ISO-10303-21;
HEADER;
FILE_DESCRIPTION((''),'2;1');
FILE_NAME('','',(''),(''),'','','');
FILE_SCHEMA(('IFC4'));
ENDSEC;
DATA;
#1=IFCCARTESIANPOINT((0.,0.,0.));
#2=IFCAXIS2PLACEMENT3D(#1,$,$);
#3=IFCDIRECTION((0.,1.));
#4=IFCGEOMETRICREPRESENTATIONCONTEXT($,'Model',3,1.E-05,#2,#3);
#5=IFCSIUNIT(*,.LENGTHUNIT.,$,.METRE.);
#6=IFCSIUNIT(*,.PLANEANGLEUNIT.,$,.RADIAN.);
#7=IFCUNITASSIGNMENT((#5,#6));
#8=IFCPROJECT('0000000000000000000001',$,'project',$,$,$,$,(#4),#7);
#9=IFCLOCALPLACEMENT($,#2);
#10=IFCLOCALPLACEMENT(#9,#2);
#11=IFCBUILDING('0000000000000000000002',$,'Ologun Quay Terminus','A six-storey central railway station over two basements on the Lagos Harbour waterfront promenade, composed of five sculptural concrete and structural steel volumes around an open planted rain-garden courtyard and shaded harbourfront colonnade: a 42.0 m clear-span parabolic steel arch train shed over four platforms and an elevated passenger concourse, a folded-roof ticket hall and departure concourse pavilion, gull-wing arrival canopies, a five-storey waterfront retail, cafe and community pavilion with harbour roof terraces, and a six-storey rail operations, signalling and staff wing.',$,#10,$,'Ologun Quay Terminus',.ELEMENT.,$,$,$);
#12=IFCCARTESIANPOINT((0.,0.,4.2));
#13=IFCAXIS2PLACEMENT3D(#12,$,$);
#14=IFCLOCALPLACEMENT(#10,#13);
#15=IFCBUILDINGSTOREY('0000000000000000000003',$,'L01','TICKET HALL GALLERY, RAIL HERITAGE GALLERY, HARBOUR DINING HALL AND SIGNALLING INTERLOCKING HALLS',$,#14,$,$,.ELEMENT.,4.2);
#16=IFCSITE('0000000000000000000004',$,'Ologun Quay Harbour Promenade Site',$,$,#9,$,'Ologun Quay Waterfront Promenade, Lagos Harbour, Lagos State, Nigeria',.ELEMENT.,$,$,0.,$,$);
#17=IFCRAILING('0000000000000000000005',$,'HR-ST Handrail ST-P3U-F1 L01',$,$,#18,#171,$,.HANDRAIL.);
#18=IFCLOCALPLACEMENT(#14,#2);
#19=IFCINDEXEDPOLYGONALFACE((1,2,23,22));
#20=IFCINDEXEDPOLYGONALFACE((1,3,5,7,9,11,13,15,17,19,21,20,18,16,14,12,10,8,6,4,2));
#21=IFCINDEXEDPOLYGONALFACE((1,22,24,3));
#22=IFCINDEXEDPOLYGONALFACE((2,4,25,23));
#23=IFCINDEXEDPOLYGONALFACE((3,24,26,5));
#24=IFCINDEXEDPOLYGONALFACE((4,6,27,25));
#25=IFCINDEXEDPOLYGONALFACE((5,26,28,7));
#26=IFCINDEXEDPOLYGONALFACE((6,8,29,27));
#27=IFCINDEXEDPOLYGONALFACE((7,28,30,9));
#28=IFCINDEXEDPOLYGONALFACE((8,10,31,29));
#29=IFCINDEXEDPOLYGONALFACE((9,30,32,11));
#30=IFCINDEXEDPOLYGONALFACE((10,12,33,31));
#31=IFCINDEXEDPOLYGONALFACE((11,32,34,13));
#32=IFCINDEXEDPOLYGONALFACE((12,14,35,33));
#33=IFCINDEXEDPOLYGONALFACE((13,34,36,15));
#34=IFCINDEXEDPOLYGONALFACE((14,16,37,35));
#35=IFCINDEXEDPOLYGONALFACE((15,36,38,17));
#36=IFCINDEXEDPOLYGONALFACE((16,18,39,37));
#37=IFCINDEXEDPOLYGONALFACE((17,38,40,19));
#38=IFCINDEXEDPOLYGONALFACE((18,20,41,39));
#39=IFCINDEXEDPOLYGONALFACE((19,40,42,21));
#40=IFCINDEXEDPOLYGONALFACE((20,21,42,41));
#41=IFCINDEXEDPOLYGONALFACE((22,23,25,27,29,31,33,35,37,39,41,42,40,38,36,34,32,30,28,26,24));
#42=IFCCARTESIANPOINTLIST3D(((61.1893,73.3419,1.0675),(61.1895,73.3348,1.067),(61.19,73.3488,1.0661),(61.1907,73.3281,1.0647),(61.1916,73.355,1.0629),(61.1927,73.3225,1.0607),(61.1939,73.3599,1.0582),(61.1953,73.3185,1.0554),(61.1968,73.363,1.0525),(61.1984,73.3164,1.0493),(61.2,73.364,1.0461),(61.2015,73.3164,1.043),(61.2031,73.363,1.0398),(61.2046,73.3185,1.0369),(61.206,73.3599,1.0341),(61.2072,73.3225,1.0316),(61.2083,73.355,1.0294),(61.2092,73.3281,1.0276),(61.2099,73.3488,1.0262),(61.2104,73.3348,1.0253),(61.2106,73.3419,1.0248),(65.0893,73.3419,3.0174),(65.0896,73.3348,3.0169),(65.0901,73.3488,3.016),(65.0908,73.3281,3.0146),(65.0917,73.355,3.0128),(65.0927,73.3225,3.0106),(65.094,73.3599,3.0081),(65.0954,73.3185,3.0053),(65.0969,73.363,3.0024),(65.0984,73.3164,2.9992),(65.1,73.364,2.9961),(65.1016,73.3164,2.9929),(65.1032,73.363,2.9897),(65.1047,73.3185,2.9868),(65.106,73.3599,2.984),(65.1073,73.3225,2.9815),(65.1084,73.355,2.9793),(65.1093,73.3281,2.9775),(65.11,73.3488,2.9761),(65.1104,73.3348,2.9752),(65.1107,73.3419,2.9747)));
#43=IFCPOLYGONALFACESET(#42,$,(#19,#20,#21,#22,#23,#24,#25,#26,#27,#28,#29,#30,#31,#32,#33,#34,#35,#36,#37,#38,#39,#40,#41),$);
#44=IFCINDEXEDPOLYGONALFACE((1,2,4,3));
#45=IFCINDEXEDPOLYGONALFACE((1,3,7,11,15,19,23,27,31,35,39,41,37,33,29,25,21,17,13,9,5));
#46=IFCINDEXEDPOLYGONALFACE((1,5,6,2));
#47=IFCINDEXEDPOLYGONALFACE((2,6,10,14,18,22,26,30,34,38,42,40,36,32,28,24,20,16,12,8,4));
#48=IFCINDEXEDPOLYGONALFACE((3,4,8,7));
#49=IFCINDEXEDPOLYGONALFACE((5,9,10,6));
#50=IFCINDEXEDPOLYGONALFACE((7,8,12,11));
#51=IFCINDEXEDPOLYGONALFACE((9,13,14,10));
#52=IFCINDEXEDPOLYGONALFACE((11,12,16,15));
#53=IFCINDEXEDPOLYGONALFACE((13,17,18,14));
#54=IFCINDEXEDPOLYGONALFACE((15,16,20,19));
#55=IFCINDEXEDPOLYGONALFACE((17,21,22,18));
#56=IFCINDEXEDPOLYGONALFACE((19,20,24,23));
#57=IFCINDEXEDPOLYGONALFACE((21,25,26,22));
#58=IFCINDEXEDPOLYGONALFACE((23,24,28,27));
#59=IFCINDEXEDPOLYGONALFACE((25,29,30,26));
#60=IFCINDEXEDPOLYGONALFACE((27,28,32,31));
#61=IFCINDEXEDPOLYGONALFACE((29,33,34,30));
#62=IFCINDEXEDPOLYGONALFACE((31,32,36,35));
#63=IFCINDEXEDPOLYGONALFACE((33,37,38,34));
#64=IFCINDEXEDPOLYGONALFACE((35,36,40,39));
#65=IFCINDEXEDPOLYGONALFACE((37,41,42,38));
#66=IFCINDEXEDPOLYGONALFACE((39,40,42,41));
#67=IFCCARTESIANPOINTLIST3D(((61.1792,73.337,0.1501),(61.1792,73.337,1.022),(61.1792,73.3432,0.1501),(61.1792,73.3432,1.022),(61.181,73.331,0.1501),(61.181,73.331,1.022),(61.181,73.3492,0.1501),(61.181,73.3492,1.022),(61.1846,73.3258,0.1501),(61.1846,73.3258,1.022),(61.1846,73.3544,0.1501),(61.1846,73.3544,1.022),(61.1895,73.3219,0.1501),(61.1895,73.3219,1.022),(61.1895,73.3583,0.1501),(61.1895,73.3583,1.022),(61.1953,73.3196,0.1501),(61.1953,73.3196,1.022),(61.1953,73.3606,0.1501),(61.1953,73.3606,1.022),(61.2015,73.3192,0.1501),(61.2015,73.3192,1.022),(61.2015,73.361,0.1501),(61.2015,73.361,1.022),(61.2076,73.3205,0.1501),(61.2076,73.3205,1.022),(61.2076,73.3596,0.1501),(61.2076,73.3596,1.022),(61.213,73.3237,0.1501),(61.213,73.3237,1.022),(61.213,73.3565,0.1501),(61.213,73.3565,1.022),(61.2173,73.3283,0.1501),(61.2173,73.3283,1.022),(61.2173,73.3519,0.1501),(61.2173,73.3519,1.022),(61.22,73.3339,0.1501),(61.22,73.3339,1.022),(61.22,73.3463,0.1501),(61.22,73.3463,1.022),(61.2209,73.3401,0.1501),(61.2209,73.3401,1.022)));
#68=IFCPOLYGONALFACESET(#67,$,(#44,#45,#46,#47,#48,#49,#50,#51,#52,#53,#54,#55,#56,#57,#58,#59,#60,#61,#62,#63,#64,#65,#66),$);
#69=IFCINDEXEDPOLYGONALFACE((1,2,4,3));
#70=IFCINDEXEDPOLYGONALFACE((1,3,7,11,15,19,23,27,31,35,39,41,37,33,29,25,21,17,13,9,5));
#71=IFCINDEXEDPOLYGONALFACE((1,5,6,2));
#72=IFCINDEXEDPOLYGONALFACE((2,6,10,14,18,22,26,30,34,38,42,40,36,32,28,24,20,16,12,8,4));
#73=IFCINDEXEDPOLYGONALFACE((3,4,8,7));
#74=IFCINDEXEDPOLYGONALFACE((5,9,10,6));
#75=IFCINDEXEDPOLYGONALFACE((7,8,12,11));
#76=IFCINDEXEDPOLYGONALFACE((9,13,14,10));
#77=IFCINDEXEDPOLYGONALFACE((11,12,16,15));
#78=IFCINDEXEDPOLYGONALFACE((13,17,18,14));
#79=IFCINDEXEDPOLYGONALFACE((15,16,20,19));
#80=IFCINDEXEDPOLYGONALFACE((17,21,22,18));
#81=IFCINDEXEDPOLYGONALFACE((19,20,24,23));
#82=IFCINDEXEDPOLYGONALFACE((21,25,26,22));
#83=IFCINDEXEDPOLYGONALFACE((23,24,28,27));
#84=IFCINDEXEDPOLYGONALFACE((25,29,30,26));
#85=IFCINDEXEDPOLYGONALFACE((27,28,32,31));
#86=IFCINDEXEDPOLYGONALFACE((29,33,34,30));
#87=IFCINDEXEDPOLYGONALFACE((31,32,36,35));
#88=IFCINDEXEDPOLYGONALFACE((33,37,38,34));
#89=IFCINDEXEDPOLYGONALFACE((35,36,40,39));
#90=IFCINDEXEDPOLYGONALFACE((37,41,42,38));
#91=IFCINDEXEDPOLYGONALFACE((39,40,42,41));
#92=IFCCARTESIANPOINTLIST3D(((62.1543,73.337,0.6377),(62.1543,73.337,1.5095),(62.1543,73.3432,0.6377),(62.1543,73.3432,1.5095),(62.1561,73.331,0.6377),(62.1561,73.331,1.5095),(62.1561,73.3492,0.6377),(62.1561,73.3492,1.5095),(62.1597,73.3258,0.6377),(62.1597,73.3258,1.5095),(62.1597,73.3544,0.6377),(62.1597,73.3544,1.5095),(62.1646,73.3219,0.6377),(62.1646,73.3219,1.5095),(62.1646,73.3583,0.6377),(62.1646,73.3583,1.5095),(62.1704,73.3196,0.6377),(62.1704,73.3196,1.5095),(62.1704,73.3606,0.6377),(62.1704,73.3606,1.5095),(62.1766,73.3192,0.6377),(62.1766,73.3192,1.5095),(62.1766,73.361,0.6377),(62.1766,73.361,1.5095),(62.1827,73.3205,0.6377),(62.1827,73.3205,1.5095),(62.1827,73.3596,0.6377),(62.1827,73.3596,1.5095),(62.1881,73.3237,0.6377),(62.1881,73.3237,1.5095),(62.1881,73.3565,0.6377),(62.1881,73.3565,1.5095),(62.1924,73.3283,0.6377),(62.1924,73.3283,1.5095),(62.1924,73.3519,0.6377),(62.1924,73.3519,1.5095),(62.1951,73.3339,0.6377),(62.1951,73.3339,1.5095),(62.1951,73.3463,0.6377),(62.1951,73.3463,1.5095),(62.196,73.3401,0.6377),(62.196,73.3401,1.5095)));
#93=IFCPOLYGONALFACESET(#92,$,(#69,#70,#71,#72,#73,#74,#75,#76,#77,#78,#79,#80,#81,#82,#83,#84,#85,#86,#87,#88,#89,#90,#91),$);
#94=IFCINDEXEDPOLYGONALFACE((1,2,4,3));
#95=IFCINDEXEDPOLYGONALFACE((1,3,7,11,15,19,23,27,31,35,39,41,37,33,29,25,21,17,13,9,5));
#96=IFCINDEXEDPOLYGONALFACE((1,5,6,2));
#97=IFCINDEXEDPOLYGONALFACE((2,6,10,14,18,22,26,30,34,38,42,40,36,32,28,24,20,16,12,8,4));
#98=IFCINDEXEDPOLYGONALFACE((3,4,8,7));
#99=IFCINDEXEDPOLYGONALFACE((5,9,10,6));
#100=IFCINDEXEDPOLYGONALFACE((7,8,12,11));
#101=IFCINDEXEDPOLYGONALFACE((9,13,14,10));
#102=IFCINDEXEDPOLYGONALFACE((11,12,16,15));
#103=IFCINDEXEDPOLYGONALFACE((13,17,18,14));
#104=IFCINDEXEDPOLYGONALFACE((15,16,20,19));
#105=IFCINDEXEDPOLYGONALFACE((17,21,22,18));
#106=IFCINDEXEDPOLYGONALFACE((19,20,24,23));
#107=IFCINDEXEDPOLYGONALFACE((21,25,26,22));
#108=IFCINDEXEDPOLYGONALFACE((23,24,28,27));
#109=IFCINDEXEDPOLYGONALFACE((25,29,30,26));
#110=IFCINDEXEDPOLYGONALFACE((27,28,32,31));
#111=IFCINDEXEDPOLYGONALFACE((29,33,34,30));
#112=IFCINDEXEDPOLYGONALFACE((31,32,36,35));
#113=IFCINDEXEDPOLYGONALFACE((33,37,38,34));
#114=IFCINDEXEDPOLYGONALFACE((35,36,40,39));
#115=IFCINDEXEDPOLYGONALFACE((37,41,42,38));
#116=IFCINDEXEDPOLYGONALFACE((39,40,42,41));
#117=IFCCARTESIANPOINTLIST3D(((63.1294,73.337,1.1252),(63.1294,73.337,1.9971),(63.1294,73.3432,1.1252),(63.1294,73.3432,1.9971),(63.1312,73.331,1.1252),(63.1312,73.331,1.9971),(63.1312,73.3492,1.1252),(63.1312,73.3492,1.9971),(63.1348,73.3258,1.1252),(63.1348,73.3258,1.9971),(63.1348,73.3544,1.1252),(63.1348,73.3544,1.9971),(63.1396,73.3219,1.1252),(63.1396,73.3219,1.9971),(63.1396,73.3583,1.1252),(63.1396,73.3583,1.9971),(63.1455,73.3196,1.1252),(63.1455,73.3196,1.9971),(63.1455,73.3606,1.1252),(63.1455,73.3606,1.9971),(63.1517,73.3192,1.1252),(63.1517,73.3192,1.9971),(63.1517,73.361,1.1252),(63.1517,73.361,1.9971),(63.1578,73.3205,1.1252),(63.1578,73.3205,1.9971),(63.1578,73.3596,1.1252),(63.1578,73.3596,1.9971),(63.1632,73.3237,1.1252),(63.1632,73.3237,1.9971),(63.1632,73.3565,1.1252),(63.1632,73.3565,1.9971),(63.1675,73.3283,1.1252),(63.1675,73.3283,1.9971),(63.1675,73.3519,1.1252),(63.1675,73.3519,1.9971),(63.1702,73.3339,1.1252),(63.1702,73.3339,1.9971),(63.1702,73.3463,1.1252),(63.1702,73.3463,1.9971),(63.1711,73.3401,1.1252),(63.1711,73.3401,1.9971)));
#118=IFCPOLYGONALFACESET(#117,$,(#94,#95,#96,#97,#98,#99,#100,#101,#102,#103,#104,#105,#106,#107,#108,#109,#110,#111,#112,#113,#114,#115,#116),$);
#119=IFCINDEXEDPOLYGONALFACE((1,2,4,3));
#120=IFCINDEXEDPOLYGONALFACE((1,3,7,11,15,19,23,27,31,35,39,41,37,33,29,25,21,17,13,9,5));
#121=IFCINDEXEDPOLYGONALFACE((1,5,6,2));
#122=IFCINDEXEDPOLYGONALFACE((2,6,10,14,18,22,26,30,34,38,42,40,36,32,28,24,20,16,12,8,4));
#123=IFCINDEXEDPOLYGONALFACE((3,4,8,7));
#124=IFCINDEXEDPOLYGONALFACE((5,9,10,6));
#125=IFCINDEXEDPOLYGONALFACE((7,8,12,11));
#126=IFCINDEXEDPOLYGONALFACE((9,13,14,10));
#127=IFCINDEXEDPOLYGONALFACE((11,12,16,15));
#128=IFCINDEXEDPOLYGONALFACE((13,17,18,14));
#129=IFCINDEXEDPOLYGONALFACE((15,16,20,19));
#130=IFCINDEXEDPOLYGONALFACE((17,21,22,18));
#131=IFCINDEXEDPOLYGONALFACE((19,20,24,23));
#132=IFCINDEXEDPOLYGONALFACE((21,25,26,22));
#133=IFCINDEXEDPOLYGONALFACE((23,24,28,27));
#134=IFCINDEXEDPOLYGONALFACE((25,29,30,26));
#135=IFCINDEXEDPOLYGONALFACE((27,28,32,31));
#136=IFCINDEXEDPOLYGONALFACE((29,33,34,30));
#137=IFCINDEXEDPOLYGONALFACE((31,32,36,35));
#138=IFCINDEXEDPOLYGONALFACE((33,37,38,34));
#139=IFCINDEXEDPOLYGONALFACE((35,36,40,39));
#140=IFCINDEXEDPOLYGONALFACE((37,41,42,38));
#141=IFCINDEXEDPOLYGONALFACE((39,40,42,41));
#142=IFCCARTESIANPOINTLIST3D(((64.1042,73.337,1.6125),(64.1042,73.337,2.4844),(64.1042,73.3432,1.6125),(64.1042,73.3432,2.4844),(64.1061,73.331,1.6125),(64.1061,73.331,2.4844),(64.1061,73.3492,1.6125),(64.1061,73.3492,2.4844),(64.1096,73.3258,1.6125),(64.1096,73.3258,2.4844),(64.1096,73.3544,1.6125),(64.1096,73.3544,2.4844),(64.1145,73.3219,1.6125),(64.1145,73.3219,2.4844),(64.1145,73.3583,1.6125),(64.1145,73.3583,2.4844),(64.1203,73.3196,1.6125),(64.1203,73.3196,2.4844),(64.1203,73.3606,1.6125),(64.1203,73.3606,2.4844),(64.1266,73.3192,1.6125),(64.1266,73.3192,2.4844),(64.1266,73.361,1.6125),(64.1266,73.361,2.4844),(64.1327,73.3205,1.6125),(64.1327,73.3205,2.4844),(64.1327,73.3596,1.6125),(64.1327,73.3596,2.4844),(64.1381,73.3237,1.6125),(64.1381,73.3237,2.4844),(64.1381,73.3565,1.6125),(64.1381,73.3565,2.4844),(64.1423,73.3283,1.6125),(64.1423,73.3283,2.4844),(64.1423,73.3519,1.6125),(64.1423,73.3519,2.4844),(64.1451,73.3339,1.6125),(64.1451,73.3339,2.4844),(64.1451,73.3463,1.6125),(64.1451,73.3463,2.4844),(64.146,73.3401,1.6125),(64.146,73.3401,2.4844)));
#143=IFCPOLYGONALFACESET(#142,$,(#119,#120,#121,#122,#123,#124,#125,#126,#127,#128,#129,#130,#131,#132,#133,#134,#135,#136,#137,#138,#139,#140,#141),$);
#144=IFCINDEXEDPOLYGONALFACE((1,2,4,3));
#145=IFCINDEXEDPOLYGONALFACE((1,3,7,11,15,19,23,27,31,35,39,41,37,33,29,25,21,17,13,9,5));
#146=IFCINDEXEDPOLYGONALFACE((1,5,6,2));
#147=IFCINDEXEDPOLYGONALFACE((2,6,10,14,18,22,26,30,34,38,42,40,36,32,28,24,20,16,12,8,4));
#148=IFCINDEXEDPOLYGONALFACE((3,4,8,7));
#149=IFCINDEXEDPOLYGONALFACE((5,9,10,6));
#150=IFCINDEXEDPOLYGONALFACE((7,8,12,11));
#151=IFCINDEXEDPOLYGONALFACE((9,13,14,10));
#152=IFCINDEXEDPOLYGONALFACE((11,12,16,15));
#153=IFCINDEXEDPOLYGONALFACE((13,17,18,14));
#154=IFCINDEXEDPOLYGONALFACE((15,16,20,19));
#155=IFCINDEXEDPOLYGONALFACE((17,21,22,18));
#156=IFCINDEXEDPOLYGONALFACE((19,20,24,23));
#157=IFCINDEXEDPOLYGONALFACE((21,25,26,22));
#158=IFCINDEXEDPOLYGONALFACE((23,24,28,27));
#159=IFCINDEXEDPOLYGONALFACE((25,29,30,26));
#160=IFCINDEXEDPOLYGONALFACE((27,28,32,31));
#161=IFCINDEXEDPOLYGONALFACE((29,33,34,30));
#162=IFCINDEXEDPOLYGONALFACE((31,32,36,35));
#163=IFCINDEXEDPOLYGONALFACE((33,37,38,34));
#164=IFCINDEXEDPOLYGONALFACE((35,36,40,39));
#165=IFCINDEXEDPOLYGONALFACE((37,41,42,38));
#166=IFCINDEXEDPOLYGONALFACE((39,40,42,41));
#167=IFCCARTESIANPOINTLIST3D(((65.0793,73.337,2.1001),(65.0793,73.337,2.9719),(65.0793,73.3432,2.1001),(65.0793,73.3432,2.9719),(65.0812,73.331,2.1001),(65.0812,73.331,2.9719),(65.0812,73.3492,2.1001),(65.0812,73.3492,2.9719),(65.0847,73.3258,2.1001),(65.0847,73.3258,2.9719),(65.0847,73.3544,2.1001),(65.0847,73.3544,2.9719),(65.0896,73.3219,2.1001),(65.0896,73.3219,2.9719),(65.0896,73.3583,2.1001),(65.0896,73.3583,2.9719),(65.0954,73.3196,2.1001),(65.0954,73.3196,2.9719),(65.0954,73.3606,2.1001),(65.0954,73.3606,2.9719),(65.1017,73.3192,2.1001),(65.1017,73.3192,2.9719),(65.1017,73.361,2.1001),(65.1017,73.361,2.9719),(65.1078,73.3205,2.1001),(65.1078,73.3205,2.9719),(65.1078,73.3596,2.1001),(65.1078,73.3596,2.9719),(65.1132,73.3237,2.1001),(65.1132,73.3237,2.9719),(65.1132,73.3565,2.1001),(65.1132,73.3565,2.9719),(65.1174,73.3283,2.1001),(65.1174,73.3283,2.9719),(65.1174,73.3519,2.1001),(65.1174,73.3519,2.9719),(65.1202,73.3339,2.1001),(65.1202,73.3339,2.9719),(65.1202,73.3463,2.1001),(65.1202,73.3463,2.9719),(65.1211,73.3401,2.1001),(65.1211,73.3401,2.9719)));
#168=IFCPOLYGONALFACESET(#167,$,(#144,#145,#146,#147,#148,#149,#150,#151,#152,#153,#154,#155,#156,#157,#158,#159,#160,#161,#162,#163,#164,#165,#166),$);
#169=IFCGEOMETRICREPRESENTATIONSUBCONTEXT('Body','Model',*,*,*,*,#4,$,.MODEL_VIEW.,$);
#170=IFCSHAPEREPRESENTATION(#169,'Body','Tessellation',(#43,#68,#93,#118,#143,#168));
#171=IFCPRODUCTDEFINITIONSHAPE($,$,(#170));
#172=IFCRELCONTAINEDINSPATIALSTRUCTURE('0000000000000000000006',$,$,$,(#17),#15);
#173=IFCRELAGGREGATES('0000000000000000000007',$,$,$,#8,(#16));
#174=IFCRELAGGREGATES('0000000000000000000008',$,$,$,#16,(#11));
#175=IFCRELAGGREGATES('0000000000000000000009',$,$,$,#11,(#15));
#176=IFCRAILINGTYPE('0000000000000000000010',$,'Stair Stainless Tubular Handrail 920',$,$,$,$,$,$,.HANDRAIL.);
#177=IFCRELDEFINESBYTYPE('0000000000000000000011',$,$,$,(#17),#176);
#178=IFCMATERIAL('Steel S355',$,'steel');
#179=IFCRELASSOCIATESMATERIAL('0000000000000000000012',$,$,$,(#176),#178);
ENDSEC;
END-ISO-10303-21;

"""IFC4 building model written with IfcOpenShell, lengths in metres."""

from ifc_helpers import new_model, si_unit, direction, frame, origin, origin_2d, place, context, subcontext, project, spatial, circle, extrude, material, type_object, element, save


model = new_model("IFC4")

# Units and contexts
model_context = context("Model", 3, precision=1e-05, world=origin(), true_north=direction((0.0, 1.0)))
body_context = subcontext(model_context, "Body", "Model", "MODEL_VIEW")
ifc_project = project(units=[si_unit("LENGTHUNIT", "METRE"), si_unit("PLANEANGLEUNIT", "RADIAN")], contexts=[model_context])

# Site, building, storey
site_placement = place(None, origin())
site = spatial("IfcSite", under=ifc_project, at=site_placement, Name="Ologun Quay Harbour Promenade Site", LongName="Ologun Quay Waterfront Promenade, Lagos Harbour, Lagos State, Nigeria", CompositionType="ELEMENT", RefElevation=0.0)
building_placement = place(site_placement, origin())
building = spatial("IfcBuilding", under=site, at=building_placement, Name="Ologun Quay Terminus", Description="A six-storey central railway station over two basements on the Lagos Harbour waterfront promenade, composed of five sculptural concrete and structural steel volumes around an open planted rain-garden courtyard and shaded harbourfront colonnade: a 42.0 m clear-span parabolic steel arch train shed over four platforms and an elevated passenger concourse, a folded-roof ticket hall and departure concourse pavilion, gull-wing arrival canopies, a five-storey waterfront retail, cafe and community pavilion with harbour roof terraces, and a six-storey rail operations, signalling and staff wing.", LongName="Ologun Quay Terminus", CompositionType="ELEMENT")
storey_placement = place(building_placement, frame((0.0, 0.0, 4.2)))
storey = spatial("IfcBuildingStorey", under=building, at=storey_placement, Name="L01", Description="TICKET HALL GALLERY, RAIL HERITAGE GALLERY, HARBOUR DINING HALL AND SIGNALLING INTERLOCKING HALLS", CompositionType="ELEMENT", Elevation=4.2)

# Railing
ifc_material_1 = material(Name="Steel S355", Category="steel")
railing_type_1 = type_object("IfcRailingType", Name="Stair Stainless Tubular Handrail 920", PredefinedType="HANDRAIL", material=ifc_material_1)
railing_1_placement = place(storey_placement, frame((61.2, 73.3401, 0.1501)))
element("IfcRailing", 1, at=railing_1_placement, inside=storey, type_object=railing_type_1, Name="HR-ST Handrail ST-P3U-F1 L01", PredefinedType="HANDRAIL", context=body_context, shape_type="SweptSolid", body=[
    extrude(circle(Radius=0.0239, at=origin_2d()), frame((0.0, 0.0, 0.896), z_axis=(0.894438, 0.0, 0.447191), x_axis=(0.0, 1.0, 0.0)), (0.0, 0.0, 1.0), 4.3604),
    extrude(circle(Radius=0.021, at=origin_2d()), origin(), (0.0, 0.0, 1.0), 0.8718),
    extrude(circle(Radius=0.021, at=origin_2d()), frame((0.9751, 0.0, 0.4875)), (0.0, 0.0, 1.0), 0.8718),
    extrude(circle(Radius=0.021, at=origin_2d()), frame((1.9502, 0.0, 0.9751)), (0.0, 0.0, 1.0), 0.8718),
    extrude(circle(Radius=0.021, at=origin_2d()), frame((2.925, 0.0, 1.4624)), (0.0, 0.0, 1.0), 0.8718),
    extrude(circle(Radius=0.021, at=origin_2d()), frame((3.9001, 0.0, 1.95)), (0.0, 0.0, 1.0), 0.8718),
])

save(model, "model.ifc")
